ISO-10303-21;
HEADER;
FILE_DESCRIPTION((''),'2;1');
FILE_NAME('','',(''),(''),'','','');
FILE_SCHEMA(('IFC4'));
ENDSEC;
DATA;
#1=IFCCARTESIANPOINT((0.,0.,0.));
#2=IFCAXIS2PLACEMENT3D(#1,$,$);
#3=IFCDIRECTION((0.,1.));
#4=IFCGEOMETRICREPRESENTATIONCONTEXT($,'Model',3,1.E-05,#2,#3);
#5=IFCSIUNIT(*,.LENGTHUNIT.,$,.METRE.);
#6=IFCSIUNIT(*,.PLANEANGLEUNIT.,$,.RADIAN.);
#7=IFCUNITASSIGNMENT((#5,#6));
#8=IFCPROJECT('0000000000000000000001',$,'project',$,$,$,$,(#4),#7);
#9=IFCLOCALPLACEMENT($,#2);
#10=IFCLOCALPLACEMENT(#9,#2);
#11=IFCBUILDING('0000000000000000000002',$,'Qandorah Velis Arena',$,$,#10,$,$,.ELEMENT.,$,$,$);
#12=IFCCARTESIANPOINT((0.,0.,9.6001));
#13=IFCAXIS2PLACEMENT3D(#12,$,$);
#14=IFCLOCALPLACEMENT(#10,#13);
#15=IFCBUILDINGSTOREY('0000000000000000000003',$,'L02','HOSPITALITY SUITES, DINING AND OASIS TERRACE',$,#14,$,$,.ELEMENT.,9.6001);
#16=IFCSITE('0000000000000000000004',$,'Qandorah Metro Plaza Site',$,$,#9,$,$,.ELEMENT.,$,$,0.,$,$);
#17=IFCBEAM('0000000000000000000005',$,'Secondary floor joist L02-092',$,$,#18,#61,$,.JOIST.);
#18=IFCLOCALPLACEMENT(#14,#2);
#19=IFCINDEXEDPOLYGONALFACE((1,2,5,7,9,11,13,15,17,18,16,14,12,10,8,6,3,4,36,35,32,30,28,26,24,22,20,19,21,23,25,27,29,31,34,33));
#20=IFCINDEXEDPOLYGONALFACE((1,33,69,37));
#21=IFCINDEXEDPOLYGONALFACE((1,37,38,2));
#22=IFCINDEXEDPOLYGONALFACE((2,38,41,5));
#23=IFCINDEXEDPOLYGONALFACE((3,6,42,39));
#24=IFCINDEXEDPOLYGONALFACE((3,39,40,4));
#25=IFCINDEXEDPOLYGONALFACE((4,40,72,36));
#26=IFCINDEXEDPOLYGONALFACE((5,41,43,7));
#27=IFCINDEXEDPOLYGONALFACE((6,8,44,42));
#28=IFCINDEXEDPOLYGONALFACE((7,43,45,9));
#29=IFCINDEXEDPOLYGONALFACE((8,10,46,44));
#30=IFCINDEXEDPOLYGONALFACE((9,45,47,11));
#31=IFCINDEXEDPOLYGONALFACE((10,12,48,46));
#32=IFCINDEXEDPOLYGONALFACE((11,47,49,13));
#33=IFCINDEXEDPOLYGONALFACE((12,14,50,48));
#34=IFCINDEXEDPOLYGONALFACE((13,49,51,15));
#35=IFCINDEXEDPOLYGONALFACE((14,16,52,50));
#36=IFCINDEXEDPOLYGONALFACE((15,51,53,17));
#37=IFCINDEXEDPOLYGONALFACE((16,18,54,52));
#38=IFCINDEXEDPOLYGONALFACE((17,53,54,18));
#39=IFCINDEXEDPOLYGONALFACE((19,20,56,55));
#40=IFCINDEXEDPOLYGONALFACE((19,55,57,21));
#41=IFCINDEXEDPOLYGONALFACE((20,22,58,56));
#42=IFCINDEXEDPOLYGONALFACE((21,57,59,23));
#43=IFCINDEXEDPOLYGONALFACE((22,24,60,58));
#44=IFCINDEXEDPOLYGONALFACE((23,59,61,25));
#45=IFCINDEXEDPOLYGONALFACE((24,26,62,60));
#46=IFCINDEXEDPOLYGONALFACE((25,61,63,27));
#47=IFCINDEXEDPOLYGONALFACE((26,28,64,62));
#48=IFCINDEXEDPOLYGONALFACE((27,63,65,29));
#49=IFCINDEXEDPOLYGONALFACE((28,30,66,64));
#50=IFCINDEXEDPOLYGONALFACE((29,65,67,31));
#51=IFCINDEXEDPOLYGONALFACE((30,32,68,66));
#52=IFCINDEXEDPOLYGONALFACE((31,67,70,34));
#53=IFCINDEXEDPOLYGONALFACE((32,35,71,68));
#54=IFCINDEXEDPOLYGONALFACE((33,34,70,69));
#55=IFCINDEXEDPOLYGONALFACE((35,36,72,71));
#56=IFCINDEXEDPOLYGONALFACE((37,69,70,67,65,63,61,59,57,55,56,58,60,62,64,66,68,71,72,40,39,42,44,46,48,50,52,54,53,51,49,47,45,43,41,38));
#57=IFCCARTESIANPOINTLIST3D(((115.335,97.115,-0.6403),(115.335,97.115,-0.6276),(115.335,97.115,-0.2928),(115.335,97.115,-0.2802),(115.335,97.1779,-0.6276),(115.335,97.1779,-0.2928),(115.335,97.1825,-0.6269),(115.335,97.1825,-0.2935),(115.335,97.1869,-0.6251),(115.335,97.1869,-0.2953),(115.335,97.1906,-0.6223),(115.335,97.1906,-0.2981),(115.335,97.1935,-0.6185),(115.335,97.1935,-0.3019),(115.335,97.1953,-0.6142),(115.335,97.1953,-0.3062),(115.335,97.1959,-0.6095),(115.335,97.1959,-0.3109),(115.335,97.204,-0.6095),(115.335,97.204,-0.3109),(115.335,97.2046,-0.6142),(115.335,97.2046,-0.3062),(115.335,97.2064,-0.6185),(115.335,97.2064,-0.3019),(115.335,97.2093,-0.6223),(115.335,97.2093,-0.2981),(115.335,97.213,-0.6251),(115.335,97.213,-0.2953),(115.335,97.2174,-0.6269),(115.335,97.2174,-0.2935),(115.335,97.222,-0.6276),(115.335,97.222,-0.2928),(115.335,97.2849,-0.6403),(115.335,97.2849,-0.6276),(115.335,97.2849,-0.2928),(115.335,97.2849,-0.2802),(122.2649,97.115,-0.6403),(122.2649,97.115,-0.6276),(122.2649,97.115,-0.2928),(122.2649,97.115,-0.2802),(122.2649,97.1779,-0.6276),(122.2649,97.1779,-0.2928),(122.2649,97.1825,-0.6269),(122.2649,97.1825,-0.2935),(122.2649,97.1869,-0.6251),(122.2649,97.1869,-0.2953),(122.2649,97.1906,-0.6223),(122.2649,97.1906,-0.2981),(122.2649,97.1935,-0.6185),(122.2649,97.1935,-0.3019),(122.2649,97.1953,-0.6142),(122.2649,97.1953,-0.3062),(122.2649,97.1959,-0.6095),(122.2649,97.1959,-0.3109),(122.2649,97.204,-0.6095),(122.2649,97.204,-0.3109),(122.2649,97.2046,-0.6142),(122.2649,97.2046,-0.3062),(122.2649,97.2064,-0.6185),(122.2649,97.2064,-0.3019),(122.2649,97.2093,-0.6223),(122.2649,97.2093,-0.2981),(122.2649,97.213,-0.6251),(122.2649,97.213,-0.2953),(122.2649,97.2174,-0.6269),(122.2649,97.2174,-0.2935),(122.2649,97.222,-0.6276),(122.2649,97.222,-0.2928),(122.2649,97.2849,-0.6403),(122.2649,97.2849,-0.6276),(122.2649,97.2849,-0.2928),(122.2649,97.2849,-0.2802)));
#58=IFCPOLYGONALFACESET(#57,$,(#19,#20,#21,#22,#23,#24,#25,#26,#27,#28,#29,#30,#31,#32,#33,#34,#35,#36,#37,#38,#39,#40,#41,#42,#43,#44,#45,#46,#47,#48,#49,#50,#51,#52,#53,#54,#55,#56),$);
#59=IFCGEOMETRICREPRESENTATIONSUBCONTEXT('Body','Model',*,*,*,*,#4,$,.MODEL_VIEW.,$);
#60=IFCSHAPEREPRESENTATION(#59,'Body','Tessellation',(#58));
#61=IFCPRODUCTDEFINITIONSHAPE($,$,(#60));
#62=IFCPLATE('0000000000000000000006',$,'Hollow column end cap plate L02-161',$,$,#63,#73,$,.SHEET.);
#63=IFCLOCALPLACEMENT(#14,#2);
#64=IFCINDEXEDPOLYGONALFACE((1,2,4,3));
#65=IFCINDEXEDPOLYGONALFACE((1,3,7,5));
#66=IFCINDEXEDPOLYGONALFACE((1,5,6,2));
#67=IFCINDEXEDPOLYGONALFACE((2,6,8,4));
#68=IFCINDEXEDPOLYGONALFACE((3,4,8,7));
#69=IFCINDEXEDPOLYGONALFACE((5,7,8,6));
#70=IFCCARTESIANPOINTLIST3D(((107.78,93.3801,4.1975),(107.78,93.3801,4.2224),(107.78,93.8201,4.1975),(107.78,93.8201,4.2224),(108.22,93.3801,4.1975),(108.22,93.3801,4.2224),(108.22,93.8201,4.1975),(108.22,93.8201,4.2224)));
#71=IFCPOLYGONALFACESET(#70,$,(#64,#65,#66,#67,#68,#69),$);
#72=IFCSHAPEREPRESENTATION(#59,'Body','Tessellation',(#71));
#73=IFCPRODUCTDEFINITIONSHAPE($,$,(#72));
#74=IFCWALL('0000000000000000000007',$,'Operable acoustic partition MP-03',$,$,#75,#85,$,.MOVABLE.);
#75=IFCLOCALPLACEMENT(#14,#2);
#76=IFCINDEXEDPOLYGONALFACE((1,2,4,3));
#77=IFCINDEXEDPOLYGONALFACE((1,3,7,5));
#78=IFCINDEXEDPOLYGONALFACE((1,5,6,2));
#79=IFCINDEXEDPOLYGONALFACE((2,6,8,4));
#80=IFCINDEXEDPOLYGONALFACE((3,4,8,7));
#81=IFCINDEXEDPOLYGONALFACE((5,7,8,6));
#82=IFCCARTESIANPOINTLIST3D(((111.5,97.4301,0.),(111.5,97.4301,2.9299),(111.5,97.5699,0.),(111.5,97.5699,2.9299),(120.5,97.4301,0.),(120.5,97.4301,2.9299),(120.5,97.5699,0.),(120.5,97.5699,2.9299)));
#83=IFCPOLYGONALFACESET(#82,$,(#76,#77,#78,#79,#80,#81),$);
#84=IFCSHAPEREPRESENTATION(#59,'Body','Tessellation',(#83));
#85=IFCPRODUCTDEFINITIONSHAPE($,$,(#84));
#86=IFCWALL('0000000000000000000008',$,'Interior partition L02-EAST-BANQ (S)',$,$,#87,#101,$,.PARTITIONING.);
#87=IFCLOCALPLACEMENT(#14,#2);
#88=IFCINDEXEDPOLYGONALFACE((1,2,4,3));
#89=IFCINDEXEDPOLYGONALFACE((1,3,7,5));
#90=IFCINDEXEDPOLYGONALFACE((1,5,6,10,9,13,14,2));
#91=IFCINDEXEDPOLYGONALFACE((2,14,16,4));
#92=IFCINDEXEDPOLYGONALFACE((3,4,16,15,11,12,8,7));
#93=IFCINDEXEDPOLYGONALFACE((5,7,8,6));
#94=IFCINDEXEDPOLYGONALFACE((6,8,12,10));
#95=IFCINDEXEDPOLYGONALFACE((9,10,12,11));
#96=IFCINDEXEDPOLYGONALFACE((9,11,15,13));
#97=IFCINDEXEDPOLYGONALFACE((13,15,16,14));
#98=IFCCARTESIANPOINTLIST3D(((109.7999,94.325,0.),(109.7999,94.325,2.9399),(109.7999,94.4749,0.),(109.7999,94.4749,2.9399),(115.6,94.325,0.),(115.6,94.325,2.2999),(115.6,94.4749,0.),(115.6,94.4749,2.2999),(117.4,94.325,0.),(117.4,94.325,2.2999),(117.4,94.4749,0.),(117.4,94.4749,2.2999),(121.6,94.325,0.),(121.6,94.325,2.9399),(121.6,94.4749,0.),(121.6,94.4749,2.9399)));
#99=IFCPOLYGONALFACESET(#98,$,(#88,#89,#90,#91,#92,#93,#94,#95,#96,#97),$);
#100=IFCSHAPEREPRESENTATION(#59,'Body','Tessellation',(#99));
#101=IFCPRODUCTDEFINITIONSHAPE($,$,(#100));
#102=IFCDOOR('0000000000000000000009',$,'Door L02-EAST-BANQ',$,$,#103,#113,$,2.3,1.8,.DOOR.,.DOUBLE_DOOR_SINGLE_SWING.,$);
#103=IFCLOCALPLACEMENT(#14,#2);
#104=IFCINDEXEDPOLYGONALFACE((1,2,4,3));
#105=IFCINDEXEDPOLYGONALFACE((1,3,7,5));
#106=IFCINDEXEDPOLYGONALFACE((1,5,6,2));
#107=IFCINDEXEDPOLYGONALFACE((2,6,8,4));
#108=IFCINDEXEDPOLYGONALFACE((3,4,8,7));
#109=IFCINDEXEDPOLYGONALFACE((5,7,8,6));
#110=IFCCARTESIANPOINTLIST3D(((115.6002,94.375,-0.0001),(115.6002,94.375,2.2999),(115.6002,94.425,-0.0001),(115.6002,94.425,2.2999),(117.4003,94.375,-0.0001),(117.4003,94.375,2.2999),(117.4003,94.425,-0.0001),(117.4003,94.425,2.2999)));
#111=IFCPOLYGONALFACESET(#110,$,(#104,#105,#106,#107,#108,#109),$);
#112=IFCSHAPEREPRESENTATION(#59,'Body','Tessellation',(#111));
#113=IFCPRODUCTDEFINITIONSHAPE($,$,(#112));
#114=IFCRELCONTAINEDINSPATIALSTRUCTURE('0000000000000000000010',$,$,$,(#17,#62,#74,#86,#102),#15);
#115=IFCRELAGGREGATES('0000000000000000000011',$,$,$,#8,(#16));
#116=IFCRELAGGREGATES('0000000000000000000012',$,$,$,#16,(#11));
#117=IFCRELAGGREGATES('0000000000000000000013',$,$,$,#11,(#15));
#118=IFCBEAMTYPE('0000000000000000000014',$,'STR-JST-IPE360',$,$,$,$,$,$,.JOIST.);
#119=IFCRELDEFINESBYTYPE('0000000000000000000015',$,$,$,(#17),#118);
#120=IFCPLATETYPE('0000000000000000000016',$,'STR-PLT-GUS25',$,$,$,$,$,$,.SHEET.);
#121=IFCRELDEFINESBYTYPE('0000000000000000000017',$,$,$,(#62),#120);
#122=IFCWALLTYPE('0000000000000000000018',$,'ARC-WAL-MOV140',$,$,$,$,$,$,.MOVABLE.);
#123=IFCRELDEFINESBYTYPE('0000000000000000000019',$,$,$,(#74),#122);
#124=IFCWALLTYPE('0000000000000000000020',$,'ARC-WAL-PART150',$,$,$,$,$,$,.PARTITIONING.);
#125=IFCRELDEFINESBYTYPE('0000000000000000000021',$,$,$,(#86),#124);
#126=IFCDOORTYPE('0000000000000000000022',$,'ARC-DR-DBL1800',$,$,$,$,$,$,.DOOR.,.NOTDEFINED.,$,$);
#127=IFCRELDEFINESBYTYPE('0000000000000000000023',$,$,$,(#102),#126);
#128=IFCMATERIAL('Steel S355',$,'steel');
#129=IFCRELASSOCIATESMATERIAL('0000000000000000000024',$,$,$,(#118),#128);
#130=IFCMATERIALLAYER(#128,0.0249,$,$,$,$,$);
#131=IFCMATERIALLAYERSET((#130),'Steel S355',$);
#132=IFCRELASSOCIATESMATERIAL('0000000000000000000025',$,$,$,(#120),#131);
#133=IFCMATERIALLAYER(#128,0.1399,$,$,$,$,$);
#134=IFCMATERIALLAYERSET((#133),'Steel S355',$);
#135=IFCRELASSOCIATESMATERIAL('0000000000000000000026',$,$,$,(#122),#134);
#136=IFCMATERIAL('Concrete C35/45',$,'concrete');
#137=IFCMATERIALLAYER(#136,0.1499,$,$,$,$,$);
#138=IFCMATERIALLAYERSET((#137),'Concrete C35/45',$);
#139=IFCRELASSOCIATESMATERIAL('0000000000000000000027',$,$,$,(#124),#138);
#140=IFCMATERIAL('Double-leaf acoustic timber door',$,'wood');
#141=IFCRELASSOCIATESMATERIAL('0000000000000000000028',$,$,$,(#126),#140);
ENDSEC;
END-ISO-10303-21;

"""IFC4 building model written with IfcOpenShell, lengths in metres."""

from ifc_helpers import new_model, si_unit, direction, frame, frame_2d, origin, origin_2d, place, context, subcontext, project, spatial, rectangle, i_section, extrude, material, layer, layer_set, material_profile, profile_set, type_object, element, fill, save


model = new_model("IFC4")

# Units and contexts
model_context = context("Model", 3, precision=1e-05, world=origin(), true_north=direction((0.0, 1.0)))
body_context = subcontext(model_context, "Body", "Model", "MODEL_VIEW")
ifc_project = project(units=[si_unit("LENGTHUNIT", "METRE"), si_unit("PLANEANGLEUNIT", "RADIAN")], contexts=[model_context])

# Site, building, storey
site_placement = place(None, origin())
site = spatial("IfcSite", under=ifc_project, at=site_placement, Name="Qandorah Metro Plaza Site", CompositionType="ELEMENT", RefElevation=0.0)
building_placement = place(site_placement, origin())
building = spatial("IfcBuilding", under=site, at=building_placement, Name="Qandorah Velis Arena", CompositionType="ELEMENT")
storey_placement = place(building_placement, frame((0.0, 0.0, 9.6001)))
storey = spatial("IfcBuildingStorey", under=building, at=storey_placement, Name="L02", Description="HOSPITALITY SUITES, DINING AND OASIS TERRACE", CompositionType="ELEMENT", Elevation=9.6001)

# Shared definitions
ifc_material_1 = material(Name="Steel S355", Category="steel")

# Beam
ifc_material_profile_1 = material_profile(ifc_material_1, i_section(OverallWidth=0.1699, OverallDepth=0.3601, WebThickness=0.0081, FlangeThickness=0.0127, FilletRadius=0.0181, at=origin_2d()), Name="IPE 360")
ifc_profile_set_1 = profile_set([ifc_material_profile_1], Name="Steel S355")
beam_type_1 = type_object("IfcBeamType", Name="STR-JST-IPE360", PredefinedType="JOIST", material=ifc_profile_set_1)
for number, where, z_axis, x_axis, name in (
    (1, (115.335, 97.2, -0.4602), (1.0, 0.0, 0.0), (0.0, 1.0, 0.0), "Secondary floor joist L02-092"),
):
    element("IfcBeam", number, at=place(storey_placement, frame(where, z_axis=z_axis, x_axis=x_axis)), inside=storey, type_object=beam_type_1, Name=name, PredefinedType="JOIST", context=body_context, shape_type="SweptSolid", body=[
        extrude(i_section(OverallWidth=0.1699, OverallDepth=0.3601, WebThickness=0.0081, FlangeThickness=0.0127, FilletRadius=0.0181, at=origin_2d()), origin(), (0.0, 0.0, 1.0), 6.9299),
    ])

# Plate
ifc_layer_1 = layer(ifc_material_1, 0.0249)
ifc_layer_set_1 = layer_set([ifc_layer_1], Name="Steel S355")
plate_type = type_object("IfcPlateType", Name="STR-PLT-GUS25", PredefinedType="SHEET", material=ifc_layer_set_1)
plate_placement = place(storey_placement, frame((108.0, 93.6001, 4.1975), z_axis=(0.0, 0.0, 1.0), x_axis=(1.0, 0.0, 0.0)))
element("IfcPlate", 2, at=plate_placement, inside=storey, type_object=plate_type, Name="Hollow column end cap plate L02-161", PredefinedType="SHEET", context=body_context, shape_type="SweptSolid", body=[
    extrude(rectangle(XDim=0.4399, YDim=0.4399, at=origin_2d()), origin(), (0.0, 0.0, 1.0), 0.0249),
])

# Wall
ifc_layer_2 = layer(ifc_material_1, 0.1399)
ifc_layer_set_2 = layer_set([ifc_layer_2], Name="Steel S355")
wall_type_1 = type_object("IfcWallType", Name="ARC-WAL-MOV140", PredefinedType="MOVABLE", material=ifc_layer_set_2)
wall_1_placement = place(storey_placement, frame((111.5, 97.5, 0.0), z_axis=(0.0, 0.0, 1.0), x_axis=(1.0, 0.0, 0.0)))
element("IfcWall", 3, at=wall_1_placement, inside=storey, type_object=wall_type_1, Name="Operable acoustic partition MP-03", PredefinedType="MOVABLE", context=body_context, shape_type="SweptSolid", body=[
    extrude(rectangle(XDim=9.0, YDim=0.1399, at=frame_2d((4.5, 0.0))), origin(), (0.0, 0.0, 1.0), 2.9299),
])

# Wall, opening, door
ifc_material_2 = material(Name="Concrete C35/45", Category="concrete")
ifc_layer_3 = layer(ifc_material_2, 0.1499)
ifc_layer_set_3 = layer_set([ifc_layer_3], Name="Concrete C35/45")
wall_type_2 = type_object("IfcWallType", Name="ARC-WAL-PART150", PredefinedType="PARTITIONING", material=ifc_layer_set_3)
wall_2_placement = place(storey_placement, frame((109.8, 94.3999, 0.0), z_axis=(0.0, 0.0, 1.0), x_axis=(1.0, 0.0, 0.0)))
wall_2 = element("IfcWall", 4, at=wall_2_placement, inside=storey, type_object=wall_type_2, Name="Interior partition L02-EAST-BANQ (S)", PredefinedType="PARTITIONING", context=body_context, shape_type="SweptSolid", body=[
    extrude(rectangle(XDim=11.8, YDim=0.1499, at=frame_2d((5.8999, 0.0))), origin(), (0.0, 0.0, 1.0), 2.9399),
])
opening_placement = place(wall_2_placement, frame((5.8, 0.0, 0.0)))
opening = element("IfcOpeningElement", 5, at=opening_placement, cuts=wall_2, PredefinedType="OPENING", context=body_context, shape_type="SweptSolid", body=[
    extrude(rectangle(XDim=1.8, YDim=2.3, at=frame_2d((0.8999, 1.1499))), frame((0.0, 0.085, 0.0), z_axis=(0.0, -1.0, 0.0), x_axis=(1.0, 0.0, 0.0)), (0.0, 0.0, 1.0), 0.1699),
])
ifc_material_3 = material(Name="Double-leaf acoustic timber door", Category="wood")
door_type = type_object("IfcDoorType", Name="ARC-DR-DBL1800", OperationType="NOTDEFINED", PredefinedType="DOOR", material=ifc_material_3)
door_placement = place(opening_placement, frame((1.8, 0.0, 0.0), z_axis=(0.0, 0.0, 1.0), x_axis=(-1.0, 0.0, 0.0)))
door = element("IfcDoor", 6, at=door_placement, inside=storey, type_object=door_type, Name="Door L02-EAST-BANQ", OperationType="DOUBLE_DOOR_SINGLE_SWING", OverallHeight=2.3, OverallWidth=1.8, PredefinedType="DOOR", context=body_context, shape_type="SweptSolid", body=[
    extrude(rectangle(XDim=1.8, YDim=2.3, at=frame_2d((0.8999, 1.1499))), frame((0.0, 0.0249, 0.0), z_axis=(0.0, -1.0, 0.0), x_axis=(1.0, 0.0, 0.0)), (0.0, 0.0, 1.0), 0.05),
])
fill(opening, door)

save(model, "model.ifc")
